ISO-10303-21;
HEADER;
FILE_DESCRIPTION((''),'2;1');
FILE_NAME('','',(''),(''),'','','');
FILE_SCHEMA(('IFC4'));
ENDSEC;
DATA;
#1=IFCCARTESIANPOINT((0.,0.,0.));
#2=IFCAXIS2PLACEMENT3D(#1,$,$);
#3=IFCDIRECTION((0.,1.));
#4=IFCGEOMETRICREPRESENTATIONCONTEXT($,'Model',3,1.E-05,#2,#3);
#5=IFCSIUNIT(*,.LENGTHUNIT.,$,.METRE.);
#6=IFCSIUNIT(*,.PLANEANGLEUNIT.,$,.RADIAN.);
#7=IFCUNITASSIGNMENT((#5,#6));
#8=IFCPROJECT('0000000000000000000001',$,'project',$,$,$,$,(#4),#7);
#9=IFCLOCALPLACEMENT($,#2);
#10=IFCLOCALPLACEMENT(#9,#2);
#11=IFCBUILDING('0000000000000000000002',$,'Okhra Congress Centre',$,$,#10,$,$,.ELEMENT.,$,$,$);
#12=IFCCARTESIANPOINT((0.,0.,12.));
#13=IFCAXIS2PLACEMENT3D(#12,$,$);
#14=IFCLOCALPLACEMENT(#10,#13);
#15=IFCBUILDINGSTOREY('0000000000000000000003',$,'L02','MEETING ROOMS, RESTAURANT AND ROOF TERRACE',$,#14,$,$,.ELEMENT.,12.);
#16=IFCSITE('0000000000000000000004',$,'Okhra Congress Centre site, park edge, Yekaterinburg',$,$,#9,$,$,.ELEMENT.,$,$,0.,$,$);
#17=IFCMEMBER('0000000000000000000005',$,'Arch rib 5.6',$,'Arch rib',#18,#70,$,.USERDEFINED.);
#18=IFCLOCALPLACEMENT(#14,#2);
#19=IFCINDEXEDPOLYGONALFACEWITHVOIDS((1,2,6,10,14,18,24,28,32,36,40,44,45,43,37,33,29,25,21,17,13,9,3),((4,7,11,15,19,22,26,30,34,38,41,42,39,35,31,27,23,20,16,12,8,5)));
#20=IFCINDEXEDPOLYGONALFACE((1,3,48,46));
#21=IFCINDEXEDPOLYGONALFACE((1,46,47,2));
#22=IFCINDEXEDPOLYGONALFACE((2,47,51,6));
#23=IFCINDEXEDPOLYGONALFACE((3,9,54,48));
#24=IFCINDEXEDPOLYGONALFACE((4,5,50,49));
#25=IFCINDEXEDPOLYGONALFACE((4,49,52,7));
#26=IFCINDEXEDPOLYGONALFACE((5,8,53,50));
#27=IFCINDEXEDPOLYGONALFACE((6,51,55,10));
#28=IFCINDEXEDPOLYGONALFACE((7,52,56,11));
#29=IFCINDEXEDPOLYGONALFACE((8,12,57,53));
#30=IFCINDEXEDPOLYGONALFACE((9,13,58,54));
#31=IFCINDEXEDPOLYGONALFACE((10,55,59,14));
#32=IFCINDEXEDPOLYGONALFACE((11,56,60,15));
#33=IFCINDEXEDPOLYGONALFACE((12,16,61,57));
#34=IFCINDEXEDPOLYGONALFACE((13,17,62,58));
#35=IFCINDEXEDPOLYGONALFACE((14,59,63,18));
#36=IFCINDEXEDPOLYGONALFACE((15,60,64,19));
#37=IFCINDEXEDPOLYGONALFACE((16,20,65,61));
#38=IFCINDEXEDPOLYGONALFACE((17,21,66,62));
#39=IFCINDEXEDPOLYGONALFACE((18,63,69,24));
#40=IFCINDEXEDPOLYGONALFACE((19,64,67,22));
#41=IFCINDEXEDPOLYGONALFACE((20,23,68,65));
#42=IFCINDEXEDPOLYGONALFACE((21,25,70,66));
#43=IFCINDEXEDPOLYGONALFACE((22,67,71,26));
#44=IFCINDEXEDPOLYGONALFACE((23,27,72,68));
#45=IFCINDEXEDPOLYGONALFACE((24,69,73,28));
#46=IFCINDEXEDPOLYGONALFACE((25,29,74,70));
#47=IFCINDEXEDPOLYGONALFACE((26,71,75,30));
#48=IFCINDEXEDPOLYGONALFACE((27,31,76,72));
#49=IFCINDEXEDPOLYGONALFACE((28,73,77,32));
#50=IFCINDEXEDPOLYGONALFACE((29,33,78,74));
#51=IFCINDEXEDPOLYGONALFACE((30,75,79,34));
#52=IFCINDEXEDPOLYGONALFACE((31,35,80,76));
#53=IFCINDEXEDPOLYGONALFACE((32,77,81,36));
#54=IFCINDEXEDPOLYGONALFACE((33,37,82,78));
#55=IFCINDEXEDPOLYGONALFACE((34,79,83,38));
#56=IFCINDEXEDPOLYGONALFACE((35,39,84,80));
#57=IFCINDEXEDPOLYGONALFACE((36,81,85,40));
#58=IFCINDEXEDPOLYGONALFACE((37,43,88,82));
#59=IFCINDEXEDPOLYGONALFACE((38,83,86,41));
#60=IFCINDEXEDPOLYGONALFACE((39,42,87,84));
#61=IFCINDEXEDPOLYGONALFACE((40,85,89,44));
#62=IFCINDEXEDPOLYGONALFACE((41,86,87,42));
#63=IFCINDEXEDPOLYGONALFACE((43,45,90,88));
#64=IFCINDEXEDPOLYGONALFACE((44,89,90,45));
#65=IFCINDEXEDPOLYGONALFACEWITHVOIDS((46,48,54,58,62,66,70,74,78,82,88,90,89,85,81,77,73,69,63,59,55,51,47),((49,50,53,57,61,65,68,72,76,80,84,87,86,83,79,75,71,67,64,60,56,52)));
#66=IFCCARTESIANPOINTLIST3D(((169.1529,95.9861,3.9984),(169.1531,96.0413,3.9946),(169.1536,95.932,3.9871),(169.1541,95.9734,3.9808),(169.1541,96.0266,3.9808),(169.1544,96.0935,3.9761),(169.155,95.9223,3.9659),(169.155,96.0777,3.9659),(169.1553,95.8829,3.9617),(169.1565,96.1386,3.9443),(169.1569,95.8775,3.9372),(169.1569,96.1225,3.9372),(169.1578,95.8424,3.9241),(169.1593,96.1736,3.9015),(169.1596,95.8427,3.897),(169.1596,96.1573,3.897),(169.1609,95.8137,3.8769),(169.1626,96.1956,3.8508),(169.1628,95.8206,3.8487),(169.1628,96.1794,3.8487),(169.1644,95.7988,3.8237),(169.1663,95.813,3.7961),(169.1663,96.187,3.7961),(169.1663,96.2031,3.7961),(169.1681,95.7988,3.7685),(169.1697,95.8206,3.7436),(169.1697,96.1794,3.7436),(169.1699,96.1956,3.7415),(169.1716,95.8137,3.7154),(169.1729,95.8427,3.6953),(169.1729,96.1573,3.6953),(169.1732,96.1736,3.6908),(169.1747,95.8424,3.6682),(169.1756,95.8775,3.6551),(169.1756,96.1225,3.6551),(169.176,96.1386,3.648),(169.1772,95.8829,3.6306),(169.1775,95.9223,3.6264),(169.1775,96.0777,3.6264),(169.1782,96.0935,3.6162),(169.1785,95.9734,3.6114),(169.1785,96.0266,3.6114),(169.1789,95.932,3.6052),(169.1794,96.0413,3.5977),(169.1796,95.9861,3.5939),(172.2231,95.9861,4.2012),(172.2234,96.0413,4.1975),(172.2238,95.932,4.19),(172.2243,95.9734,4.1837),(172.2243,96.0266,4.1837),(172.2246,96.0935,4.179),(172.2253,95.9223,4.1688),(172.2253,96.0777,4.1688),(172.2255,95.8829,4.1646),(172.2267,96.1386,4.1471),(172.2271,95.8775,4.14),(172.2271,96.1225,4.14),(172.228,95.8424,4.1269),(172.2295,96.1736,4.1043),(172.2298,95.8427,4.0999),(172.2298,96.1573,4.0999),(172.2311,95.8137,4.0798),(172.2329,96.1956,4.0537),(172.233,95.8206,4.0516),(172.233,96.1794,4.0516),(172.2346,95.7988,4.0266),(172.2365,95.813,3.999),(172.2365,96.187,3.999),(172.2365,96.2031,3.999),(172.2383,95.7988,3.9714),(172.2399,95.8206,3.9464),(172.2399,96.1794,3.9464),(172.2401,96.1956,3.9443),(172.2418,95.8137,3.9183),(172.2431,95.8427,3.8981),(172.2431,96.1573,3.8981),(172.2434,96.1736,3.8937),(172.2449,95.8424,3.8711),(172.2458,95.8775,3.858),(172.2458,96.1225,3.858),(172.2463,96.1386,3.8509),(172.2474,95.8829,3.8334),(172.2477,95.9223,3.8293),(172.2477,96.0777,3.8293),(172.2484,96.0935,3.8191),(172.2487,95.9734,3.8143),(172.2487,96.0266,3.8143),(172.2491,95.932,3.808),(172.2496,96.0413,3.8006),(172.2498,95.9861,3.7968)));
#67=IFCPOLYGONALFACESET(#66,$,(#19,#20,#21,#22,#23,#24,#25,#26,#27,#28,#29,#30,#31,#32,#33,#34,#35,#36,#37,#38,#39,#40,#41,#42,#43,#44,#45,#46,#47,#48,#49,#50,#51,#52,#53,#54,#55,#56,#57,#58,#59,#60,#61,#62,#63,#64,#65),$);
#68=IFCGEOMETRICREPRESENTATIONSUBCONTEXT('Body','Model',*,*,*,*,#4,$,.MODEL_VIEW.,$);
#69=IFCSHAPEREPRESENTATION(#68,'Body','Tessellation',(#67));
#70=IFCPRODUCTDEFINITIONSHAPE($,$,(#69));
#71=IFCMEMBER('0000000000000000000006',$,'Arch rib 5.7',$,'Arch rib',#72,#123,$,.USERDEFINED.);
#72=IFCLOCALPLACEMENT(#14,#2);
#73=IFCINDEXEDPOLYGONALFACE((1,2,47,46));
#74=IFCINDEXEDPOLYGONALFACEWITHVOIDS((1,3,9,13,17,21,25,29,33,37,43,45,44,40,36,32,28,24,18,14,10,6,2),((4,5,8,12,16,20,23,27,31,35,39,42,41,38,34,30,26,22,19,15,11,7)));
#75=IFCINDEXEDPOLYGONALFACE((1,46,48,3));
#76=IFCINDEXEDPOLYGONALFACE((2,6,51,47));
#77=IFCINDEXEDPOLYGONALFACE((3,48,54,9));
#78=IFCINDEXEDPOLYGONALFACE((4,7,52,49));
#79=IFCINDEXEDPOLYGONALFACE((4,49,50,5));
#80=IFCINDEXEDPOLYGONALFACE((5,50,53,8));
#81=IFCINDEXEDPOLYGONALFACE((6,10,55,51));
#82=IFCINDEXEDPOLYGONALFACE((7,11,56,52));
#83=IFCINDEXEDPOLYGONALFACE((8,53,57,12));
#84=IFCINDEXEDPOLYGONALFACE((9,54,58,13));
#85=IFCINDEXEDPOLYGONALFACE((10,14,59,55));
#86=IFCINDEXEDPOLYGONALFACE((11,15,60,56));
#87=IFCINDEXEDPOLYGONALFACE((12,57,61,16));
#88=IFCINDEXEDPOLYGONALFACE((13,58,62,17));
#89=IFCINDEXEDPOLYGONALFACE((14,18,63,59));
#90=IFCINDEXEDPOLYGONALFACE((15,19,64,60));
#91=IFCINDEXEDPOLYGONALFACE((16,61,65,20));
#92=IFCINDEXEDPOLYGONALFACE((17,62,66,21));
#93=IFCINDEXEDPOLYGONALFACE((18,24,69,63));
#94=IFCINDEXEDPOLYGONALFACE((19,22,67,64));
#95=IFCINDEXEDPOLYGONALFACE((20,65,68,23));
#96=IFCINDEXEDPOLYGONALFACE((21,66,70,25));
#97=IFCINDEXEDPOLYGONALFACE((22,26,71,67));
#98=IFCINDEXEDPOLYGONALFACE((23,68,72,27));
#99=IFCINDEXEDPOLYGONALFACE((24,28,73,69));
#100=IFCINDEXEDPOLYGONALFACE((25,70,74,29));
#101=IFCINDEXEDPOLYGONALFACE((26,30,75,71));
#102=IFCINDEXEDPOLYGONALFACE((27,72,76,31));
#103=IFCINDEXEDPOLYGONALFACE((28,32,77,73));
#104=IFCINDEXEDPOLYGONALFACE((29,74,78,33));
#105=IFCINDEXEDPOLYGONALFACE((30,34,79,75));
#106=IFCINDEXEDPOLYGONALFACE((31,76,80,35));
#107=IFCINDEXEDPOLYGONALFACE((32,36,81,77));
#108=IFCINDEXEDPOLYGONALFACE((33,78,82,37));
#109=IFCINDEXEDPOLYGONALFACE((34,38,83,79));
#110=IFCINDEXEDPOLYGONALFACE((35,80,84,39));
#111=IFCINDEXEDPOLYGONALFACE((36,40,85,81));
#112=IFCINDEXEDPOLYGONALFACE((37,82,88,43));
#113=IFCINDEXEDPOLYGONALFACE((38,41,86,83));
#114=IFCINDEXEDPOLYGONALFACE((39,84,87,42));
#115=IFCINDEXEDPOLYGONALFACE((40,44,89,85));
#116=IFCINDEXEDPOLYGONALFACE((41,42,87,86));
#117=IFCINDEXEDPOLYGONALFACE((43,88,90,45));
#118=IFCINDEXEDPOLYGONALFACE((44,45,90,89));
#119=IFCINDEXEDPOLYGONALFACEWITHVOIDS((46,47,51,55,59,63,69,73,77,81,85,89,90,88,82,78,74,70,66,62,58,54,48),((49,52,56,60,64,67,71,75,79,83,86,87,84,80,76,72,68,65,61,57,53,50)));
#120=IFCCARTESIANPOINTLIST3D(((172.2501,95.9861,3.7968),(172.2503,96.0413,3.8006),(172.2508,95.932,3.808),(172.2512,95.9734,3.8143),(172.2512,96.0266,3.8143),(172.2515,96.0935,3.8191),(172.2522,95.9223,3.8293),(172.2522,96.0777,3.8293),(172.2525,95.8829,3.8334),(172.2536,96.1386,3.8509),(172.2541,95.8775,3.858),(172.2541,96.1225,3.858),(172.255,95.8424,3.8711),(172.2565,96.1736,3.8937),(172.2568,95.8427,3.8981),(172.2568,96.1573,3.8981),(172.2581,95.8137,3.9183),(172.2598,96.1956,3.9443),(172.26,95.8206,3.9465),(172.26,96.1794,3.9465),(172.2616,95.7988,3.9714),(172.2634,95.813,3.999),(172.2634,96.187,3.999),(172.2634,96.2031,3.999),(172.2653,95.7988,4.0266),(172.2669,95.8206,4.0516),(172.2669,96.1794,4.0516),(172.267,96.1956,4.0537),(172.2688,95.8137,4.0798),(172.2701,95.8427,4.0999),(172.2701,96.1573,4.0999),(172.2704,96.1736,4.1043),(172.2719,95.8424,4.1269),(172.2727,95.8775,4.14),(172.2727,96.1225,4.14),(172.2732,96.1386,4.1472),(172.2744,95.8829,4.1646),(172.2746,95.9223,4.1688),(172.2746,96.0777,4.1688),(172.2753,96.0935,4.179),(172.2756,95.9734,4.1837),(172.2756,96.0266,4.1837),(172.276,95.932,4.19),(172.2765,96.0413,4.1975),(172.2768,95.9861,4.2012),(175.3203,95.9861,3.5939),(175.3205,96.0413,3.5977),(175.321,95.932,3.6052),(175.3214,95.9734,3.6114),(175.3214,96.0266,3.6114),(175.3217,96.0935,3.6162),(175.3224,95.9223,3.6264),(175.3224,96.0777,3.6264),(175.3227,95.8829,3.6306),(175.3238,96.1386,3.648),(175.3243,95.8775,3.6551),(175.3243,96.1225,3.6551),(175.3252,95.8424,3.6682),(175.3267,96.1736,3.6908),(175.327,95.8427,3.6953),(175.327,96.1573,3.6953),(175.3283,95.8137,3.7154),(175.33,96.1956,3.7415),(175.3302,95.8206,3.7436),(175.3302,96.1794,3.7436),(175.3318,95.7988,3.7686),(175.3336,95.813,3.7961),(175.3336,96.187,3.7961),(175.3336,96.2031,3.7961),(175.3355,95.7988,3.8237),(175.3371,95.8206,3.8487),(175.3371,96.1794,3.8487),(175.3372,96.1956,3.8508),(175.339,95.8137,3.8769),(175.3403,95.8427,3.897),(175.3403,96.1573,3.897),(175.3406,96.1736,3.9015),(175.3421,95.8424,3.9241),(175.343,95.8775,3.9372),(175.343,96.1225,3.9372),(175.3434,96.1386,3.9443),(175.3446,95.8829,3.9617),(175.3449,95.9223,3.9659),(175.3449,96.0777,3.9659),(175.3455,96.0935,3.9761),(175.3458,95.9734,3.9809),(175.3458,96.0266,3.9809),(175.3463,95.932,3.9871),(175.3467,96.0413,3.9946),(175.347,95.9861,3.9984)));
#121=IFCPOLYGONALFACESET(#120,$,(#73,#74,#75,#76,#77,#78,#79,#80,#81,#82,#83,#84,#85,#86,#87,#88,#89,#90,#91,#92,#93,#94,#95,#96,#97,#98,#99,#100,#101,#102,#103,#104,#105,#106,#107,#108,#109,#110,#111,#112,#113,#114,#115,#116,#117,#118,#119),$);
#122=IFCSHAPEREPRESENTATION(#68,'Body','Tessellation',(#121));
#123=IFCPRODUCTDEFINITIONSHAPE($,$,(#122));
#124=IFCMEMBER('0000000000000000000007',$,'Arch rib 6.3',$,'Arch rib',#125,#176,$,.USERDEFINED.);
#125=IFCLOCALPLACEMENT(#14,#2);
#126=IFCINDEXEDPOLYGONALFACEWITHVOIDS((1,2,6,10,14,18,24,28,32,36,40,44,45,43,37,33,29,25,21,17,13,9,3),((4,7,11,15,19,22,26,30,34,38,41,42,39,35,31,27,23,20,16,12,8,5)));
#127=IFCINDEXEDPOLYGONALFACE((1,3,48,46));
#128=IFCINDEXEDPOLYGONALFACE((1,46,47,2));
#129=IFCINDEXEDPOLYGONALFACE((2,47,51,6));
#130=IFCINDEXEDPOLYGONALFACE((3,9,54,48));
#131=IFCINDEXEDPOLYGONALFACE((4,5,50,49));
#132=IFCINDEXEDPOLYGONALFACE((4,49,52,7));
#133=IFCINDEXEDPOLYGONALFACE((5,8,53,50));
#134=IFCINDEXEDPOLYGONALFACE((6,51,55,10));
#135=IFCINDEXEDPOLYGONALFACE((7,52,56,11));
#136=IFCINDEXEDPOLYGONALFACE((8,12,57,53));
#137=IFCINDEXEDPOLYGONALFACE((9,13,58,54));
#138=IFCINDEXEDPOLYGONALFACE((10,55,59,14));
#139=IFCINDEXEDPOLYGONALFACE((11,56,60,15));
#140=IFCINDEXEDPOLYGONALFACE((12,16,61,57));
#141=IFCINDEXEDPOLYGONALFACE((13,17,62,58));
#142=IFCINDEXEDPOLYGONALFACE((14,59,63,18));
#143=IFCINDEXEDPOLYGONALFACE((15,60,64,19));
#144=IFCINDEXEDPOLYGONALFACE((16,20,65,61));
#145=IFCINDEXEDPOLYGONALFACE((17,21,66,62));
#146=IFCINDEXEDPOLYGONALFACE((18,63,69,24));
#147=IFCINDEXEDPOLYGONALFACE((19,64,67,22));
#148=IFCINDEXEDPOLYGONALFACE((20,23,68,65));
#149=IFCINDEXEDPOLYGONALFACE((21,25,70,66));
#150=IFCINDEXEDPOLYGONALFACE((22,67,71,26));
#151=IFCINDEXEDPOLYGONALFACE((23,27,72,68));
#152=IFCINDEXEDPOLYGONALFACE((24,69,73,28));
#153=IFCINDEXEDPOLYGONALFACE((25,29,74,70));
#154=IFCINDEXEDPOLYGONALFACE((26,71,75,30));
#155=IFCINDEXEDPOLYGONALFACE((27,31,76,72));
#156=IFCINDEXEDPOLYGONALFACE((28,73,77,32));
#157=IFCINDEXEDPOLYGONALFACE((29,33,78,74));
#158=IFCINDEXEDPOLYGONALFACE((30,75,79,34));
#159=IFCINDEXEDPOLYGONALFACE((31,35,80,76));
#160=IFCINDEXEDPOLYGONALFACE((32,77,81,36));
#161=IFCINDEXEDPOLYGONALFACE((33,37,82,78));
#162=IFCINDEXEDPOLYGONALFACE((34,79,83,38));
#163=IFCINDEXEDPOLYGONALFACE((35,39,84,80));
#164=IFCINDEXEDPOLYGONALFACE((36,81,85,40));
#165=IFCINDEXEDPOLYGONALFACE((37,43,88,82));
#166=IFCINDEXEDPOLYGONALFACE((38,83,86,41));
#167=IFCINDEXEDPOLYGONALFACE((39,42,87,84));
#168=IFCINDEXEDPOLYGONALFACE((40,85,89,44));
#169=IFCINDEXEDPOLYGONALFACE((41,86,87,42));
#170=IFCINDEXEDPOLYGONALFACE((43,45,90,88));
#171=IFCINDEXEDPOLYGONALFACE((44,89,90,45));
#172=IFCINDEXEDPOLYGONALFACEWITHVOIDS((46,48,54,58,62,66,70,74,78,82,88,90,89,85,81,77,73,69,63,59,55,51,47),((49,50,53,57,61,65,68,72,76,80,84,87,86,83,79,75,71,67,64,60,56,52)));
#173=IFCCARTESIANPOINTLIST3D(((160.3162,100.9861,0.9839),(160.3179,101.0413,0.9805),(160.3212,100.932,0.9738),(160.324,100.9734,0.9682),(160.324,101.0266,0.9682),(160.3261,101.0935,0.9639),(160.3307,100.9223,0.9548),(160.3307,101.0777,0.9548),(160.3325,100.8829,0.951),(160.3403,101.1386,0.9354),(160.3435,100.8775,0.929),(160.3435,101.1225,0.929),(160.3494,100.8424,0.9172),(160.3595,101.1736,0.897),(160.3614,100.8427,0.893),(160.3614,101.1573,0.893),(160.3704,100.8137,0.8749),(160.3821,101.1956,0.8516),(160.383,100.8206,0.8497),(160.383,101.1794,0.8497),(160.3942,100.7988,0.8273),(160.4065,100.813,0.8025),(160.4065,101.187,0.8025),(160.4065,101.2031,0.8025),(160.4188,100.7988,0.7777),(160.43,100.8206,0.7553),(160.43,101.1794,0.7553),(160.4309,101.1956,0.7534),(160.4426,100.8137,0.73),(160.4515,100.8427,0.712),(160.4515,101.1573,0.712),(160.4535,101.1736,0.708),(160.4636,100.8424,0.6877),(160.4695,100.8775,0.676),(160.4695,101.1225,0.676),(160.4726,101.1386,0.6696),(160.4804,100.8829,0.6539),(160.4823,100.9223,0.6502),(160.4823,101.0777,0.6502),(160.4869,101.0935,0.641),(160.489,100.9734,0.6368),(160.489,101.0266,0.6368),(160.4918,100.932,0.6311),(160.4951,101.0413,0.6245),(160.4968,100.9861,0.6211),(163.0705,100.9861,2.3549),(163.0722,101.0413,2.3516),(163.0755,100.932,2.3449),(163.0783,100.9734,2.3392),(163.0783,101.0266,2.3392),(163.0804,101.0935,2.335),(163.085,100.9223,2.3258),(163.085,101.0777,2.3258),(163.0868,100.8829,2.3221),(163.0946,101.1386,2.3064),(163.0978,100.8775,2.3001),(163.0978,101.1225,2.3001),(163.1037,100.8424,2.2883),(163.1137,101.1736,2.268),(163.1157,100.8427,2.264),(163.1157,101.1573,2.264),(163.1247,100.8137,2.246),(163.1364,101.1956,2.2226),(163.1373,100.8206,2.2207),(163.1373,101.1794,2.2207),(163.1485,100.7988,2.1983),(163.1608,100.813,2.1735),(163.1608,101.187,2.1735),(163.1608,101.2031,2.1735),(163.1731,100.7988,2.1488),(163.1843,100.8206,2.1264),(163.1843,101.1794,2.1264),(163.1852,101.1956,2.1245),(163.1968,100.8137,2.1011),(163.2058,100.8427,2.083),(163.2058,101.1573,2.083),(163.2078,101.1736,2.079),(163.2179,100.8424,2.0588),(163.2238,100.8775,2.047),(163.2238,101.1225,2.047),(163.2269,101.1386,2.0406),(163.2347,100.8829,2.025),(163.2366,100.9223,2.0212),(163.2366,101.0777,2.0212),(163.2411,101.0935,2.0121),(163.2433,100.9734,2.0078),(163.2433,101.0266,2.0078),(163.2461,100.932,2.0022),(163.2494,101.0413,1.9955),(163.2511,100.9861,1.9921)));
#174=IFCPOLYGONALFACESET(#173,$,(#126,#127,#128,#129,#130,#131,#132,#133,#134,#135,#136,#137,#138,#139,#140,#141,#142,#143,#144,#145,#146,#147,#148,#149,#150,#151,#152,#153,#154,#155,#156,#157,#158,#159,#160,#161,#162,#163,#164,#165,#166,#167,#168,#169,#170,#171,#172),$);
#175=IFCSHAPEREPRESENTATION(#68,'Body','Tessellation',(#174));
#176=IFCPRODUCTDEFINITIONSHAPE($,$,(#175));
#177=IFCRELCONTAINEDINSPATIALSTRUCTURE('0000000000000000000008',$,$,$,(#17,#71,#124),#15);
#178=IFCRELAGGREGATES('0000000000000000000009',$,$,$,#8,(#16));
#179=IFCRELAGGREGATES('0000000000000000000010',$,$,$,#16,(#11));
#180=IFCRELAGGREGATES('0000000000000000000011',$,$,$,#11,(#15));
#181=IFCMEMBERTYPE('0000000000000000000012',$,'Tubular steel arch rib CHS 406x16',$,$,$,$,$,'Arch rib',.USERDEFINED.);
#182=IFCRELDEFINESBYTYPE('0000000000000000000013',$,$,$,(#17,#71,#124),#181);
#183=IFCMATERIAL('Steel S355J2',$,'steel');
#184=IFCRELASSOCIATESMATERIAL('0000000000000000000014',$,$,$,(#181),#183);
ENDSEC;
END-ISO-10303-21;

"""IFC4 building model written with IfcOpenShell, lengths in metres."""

from ifc_helpers import new_model, si_unit, direction, frame, origin, origin_2d, place, context, subcontext, project, spatial, hollow_circle, extrude, material, material_profile, profile_set, type_object, element, save


model = new_model("IFC4")

# Units and contexts
model_context = context("Model", 3, precision=1e-05, world=origin(), true_north=direction((0.0, 1.0)))
body_context = subcontext(model_context, "Body", "Model", "MODEL_VIEW")
ifc_project = project(units=[si_unit("LENGTHUNIT", "METRE"), si_unit("PLANEANGLEUNIT", "RADIAN")], contexts=[model_context])

# Site, building, storey
site_placement = place(None, origin())
site = spatial("IfcSite", under=ifc_project, at=site_placement, Name="Okhra Congress Centre site, park edge, Yekaterinburg", CompositionType="ELEMENT", RefElevation=0.0)
building_placement = place(site_placement, origin())
building = spatial("IfcBuilding", under=site, at=building_placement, Name="Okhra Congress Centre", CompositionType="ELEMENT")
storey_placement = place(building_placement, frame((0.0, 0.0, 12.0)))
storey = spatial("IfcBuildingStorey", under=building, at=storey_placement, Name="L02", Description="MEETING ROOMS, RESTAURANT AND ROOF TERRACE", CompositionType="ELEMENT", Elevation=12.0)

# Members
ifc_material_1 = material(Name="Steel S355J2", Category="steel")
ifc_material_profile_1 = material_profile(ifc_material_1, hollow_circle(Radius=0.2031, WallThickness=0.0161, at=origin_2d()), Name="CHS 406.4x16")
ifc_profile_set_1 = profile_set([ifc_material_profile_1], Name="Steel S355J2")
member_type_1 = type_object("IfcMemberType", Name="Tubular steel arch rib CHS 406x16", ElementType="Arch rib", PredefinedType="USERDEFINED", material=ifc_profile_set_1)
for number, where, z_axis, x_axis, name in (
    (1, (169.1663, 96.0, 3.7961), (0.997824, 0.0, 0.065934), (0.0, 1.0, 0.0), "Arch rib 5.6"),
    (2, (172.2634, 96.0, 3.999), (0.997824, 0.0, -0.065934), (0.0, 1.0, 0.0), "Arch rib 5.7"),
):
    element("IfcMember", number, at=place(storey_placement, frame(where, z_axis=z_axis, x_axis=x_axis)), inside=storey, type_object=member_type_1, Name=name, ObjectType="Arch rib", PredefinedType="USERDEFINED", context=body_context, shape_type="SweptSolid", body=[
        extrude(hollow_circle(Radius=0.2031, WallThickness=0.0161, at=origin_2d()), origin(), (0.0, 0.0, 1.0), 3.0769),
    ])
for number, where, z_axis, x_axis, name in (
    (3, (160.4065, 101.0, 0.8025), (0.895219, 0.0, 0.445626), (0.0, 1.0, 0.0), "Arch rib 6.3"),
):
    element("IfcMember", number, at=place(storey_placement, frame(where, z_axis=z_axis, x_axis=x_axis)), inside=storey, type_object=member_type_1, Name=name, ObjectType="Arch rib", PredefinedType="USERDEFINED", context=body_context, shape_type="SweptSolid", body=[
        extrude(hollow_circle(Radius=0.2031, WallThickness=0.0161, at=origin_2d()), origin(), (0.0, 0.0, 1.0), 3.0767),
    ])

save(model, "model.ifc")
